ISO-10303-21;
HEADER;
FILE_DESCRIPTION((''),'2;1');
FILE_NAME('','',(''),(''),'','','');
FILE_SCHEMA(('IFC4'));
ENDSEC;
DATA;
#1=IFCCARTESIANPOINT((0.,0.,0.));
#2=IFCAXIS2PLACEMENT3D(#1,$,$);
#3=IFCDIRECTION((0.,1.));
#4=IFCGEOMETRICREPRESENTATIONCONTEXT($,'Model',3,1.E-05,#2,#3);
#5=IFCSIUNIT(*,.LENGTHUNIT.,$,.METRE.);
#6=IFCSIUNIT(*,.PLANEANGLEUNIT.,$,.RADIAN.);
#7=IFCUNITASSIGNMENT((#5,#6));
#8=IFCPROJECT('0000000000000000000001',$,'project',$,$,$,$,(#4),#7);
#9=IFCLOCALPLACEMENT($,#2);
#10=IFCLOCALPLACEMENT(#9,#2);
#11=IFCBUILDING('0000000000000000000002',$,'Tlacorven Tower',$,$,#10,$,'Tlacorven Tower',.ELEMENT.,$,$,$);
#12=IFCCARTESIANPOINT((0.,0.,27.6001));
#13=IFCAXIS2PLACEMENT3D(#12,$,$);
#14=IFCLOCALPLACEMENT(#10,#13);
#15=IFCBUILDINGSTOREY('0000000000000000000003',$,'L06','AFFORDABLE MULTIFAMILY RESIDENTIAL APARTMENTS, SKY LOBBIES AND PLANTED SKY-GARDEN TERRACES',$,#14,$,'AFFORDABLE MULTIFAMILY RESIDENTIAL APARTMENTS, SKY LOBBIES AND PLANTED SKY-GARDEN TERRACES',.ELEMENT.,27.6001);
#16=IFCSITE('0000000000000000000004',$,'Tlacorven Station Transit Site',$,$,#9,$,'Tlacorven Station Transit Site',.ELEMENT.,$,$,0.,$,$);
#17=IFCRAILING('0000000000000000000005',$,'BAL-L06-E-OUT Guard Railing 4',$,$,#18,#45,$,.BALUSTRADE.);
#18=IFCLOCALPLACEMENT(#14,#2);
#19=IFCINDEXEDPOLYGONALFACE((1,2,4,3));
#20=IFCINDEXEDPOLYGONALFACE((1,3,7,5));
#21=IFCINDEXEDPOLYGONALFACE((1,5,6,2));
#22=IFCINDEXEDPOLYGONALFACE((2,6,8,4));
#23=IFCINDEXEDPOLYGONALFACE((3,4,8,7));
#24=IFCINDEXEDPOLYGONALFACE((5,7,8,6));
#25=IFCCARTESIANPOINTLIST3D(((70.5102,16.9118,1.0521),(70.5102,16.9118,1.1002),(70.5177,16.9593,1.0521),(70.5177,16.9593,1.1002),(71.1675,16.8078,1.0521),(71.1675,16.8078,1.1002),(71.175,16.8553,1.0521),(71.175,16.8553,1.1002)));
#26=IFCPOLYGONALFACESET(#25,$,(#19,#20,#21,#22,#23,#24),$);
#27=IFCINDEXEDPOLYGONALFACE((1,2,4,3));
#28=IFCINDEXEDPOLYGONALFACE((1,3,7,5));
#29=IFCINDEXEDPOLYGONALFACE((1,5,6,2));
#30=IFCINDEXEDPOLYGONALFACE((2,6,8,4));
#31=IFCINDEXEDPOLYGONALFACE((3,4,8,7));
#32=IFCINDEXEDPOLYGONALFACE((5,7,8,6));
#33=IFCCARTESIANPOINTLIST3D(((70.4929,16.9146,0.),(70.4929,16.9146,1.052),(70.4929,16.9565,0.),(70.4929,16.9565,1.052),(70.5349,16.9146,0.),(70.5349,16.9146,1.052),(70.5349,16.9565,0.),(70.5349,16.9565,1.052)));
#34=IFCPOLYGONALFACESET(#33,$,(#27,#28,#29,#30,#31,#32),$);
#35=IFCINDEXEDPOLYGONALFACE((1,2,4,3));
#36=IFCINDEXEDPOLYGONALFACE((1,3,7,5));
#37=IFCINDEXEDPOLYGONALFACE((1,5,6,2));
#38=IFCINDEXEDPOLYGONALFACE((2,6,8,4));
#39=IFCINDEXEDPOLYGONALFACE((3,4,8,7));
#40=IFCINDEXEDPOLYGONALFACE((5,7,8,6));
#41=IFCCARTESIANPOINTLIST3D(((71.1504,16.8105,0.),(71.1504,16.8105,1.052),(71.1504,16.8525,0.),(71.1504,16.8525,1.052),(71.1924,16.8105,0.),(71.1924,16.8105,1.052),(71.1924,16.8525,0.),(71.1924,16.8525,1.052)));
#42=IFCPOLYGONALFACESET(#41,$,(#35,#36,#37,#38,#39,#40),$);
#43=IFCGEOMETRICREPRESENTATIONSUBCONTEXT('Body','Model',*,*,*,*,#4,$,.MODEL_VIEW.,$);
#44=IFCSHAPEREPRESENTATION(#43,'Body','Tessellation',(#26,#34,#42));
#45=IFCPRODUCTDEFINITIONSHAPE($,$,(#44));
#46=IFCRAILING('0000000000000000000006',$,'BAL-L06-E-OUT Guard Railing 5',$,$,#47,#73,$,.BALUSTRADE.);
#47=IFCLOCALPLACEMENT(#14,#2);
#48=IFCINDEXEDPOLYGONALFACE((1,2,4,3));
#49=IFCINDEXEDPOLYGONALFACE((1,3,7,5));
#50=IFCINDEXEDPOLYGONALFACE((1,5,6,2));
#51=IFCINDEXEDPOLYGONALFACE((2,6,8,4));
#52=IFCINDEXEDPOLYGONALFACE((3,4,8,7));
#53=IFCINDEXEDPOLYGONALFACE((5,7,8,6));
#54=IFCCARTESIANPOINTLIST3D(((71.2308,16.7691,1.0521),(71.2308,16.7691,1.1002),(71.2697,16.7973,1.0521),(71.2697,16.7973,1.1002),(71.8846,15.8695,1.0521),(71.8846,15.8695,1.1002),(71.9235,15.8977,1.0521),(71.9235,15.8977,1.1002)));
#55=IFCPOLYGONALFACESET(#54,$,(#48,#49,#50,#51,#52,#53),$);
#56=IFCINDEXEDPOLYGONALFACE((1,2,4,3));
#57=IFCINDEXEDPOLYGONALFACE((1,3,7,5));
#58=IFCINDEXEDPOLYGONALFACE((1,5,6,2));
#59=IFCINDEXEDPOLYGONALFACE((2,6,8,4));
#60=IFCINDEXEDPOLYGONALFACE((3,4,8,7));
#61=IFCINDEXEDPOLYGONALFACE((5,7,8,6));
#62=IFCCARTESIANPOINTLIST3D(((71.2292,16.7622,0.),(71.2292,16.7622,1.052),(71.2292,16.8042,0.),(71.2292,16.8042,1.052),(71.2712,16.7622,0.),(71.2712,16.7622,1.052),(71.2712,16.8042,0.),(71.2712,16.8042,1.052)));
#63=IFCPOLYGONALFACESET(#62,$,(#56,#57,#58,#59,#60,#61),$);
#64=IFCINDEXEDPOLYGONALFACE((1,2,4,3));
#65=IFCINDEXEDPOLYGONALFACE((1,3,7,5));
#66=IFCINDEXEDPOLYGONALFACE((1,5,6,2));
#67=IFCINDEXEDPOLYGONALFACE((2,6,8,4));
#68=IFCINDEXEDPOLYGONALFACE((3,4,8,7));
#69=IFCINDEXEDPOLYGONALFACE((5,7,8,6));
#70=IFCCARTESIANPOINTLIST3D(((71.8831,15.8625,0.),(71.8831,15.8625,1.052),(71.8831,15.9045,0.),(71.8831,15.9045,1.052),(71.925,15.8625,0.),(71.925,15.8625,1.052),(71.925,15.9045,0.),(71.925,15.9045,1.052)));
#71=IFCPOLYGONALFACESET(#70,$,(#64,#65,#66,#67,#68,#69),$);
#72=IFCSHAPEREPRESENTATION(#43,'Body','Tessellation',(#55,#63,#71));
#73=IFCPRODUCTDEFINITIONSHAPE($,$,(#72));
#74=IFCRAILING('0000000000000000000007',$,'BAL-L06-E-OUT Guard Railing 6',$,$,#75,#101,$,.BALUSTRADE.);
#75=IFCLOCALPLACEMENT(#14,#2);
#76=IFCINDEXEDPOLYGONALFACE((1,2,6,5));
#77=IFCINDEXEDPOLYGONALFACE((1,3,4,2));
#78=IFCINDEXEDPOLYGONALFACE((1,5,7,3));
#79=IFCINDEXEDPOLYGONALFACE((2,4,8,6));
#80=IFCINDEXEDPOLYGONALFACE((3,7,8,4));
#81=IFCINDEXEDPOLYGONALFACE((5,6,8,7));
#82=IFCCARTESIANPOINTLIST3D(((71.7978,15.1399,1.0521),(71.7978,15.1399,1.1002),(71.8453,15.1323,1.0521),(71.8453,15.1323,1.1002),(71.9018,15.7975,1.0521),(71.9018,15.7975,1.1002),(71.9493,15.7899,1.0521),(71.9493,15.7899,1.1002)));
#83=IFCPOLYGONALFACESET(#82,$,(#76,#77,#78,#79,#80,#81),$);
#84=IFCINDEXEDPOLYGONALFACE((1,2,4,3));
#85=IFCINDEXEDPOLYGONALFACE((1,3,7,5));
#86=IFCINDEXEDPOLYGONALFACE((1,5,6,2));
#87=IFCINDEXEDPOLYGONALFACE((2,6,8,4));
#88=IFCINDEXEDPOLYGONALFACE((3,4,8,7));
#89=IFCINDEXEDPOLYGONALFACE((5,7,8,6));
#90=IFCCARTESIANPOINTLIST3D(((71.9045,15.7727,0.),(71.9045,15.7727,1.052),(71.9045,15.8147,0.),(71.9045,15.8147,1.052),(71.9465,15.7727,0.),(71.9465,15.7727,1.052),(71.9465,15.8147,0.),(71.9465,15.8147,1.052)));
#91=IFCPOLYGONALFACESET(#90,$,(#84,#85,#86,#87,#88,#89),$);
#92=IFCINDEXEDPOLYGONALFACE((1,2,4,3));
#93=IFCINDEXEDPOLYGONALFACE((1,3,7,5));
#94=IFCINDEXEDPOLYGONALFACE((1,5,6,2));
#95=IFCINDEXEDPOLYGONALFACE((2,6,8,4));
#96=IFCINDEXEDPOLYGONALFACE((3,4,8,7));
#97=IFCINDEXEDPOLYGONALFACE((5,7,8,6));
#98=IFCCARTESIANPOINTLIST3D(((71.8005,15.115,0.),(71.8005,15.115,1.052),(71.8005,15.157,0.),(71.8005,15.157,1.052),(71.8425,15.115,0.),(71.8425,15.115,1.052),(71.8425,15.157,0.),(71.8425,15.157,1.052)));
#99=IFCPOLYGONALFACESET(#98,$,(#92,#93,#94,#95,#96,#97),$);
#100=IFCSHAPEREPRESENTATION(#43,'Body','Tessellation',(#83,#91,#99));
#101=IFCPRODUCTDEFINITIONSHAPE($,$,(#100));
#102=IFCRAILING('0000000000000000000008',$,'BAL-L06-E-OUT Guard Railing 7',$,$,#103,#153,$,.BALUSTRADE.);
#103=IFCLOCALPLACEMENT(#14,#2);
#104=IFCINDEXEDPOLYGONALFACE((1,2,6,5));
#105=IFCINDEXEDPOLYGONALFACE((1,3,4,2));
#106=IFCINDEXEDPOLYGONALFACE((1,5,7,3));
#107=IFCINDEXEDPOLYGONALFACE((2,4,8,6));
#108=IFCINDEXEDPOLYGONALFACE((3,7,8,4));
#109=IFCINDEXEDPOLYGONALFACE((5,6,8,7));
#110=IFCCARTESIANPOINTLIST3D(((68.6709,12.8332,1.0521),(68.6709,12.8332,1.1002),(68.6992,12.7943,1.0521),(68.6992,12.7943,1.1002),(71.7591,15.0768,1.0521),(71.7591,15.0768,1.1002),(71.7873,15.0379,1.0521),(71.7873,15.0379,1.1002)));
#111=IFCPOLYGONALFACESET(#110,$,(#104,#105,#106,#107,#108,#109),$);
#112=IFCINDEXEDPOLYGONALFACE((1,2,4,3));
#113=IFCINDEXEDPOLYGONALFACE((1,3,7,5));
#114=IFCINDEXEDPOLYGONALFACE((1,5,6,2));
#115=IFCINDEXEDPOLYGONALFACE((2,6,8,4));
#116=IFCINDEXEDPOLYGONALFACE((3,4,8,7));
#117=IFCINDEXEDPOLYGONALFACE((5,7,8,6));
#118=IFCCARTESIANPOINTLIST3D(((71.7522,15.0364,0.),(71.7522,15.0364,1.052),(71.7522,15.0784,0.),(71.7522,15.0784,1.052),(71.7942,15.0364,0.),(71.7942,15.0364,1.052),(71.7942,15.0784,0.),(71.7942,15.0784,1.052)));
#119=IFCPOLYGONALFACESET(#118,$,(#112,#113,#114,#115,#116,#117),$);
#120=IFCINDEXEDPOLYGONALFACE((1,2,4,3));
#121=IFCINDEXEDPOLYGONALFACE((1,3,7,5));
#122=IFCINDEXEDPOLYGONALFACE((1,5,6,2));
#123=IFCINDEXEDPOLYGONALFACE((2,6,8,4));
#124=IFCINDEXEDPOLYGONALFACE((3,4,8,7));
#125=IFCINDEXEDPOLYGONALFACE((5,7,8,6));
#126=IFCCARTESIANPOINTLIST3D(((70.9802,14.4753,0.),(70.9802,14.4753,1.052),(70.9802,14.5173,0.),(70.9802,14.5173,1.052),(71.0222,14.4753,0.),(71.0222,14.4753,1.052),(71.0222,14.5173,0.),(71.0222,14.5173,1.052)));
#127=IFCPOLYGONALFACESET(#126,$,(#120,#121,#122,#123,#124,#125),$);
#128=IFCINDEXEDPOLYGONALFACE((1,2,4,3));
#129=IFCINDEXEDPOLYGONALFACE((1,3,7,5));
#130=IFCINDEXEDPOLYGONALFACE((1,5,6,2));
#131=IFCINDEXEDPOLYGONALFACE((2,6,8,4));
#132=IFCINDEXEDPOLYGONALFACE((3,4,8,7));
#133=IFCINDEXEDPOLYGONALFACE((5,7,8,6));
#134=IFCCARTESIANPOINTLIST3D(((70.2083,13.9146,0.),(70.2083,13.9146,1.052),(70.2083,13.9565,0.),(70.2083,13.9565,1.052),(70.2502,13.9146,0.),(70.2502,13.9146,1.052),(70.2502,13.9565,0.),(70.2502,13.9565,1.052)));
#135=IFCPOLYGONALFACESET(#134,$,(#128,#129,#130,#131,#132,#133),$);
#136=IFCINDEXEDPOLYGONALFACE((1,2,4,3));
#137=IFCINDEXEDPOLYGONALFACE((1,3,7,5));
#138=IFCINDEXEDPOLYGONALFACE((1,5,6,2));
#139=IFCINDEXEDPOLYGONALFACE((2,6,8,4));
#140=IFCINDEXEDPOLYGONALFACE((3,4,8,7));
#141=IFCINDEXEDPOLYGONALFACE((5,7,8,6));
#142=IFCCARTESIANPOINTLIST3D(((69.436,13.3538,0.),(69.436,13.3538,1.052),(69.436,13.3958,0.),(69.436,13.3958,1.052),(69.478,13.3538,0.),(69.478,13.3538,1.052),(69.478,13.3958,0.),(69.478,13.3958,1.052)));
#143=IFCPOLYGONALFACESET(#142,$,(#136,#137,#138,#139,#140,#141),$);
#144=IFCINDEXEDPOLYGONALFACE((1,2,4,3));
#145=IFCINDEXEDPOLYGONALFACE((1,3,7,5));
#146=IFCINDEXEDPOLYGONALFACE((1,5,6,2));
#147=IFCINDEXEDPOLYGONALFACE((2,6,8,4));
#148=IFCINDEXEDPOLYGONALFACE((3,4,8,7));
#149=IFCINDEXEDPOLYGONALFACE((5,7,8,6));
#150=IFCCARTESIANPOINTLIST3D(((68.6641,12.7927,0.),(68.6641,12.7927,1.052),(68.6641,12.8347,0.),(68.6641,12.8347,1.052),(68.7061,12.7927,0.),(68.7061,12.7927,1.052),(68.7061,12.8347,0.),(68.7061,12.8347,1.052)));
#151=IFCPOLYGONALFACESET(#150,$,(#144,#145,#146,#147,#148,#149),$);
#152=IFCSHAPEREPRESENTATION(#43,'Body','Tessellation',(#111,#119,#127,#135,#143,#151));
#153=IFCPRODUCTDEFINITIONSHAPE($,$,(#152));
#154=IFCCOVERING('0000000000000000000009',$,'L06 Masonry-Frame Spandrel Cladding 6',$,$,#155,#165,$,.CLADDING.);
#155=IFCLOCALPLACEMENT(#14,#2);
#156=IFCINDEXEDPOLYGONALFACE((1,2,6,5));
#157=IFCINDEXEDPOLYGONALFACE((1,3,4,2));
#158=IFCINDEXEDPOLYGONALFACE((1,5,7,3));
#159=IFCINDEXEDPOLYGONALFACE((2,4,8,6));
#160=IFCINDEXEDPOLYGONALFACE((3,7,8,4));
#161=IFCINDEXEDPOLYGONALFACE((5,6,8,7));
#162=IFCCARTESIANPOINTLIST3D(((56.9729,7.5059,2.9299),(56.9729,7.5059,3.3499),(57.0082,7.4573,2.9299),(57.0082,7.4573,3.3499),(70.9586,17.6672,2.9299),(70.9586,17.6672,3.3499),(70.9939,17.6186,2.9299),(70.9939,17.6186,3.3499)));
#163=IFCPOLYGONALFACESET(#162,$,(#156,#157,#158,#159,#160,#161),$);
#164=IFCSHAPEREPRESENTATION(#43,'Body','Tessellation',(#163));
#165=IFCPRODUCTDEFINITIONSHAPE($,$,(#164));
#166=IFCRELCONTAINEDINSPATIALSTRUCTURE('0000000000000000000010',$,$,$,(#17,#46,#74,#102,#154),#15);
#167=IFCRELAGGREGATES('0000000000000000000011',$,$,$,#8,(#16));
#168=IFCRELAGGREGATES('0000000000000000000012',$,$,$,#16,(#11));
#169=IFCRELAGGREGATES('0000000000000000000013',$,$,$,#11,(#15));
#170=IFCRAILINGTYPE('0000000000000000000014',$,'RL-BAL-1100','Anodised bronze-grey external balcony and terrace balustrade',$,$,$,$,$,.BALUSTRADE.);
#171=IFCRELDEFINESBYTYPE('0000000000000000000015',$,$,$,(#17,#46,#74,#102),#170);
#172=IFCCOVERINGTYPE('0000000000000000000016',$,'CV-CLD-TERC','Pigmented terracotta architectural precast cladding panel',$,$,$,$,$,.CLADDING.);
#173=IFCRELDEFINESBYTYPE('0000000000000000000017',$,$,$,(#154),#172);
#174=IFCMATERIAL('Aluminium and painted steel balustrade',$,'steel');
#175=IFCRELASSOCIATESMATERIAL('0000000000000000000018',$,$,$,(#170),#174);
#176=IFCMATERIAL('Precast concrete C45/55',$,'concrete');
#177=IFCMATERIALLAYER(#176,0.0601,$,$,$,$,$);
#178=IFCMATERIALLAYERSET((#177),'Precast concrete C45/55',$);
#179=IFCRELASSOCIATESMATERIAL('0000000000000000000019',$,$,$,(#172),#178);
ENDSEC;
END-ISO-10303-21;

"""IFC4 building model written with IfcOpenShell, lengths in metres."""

from ifc_helpers import new_model, si_unit, direction, frame, origin, origin_2d, place, context, subcontext, project, spatial, rectangle, extrude, source, transform, mapped, material, layer, layer_set, type_object, element, save


model = new_model("IFC4")

# Units and contexts
model_context = context("Model", 3, precision=1e-05, world=origin(), true_north=direction((0.0, 1.0)))
body_context = subcontext(model_context, "Body", "Model", "MODEL_VIEW")
ifc_project = project(units=[si_unit("LENGTHUNIT", "METRE"), si_unit("PLANEANGLEUNIT", "RADIAN")], contexts=[model_context])

# Site, building, storey
site_placement = place(None, origin())
site = spatial("IfcSite", under=ifc_project, at=site_placement, Name="Tlacorven Station Transit Site", LongName="Tlacorven Station Transit Site", CompositionType="ELEMENT", RefElevation=0.0)
building_placement = place(site_placement, origin())
building = spatial("IfcBuilding", under=site, at=building_placement, Name="Tlacorven Tower", LongName="Tlacorven Tower", CompositionType="ELEMENT")
storey_placement = place(building_placement, frame((0.0, 0.0, 27.6001)))
storey = spatial("IfcBuildingStorey", under=building, at=storey_placement, Name="L06", Description="AFFORDABLE MULTIFAMILY RESIDENTIAL APARTMENTS, SKY LOBBIES AND PLANTED SKY-GARDEN TERRACES", LongName="AFFORDABLE MULTIFAMILY RESIDENTIAL APARTMENTS, SKY LOBBIES AND PLANTED SKY-GARDEN TERRACES", CompositionType="ELEMENT", Elevation=27.6001)

# Shared definitions
ifc_material_1 = material(Name="Precast concrete C45/55", Category="concrete")

# Railings
ifc_material_2 = material(Name="Aluminium and painted steel balustrade", Category="steel")
railing_type = type_object("IfcRailingType", Name="RL-BAL-1100", Description="Anodised bronze-grey external balcony and terrace balustrade", PredefinedType="BALUSTRADE", material=ifc_material_2)
shared_shape_1 = source(origin(), body_context, "Body", "SweptSolid", [
    extrude(rectangle(XDim=0.0481, YDim=0.0481, at=origin_2d()), frame((0.0, 0.0, 1.0762), z_axis=(0.987718, -0.156245, 0.0), x_axis=(0.156245, 0.987718, 0.0)), (0.0, 0.0, 1.0), 0.6655),
    extrude(rectangle(XDim=0.042, YDim=0.042, at=origin_2d()), origin(), (0.0, 0.0, 1.0), 1.052),
    extrude(rectangle(XDim=0.042, YDim=0.042, at=origin_2d()), frame((0.6575, -0.104, 0.0)), (0.0, 0.0, 1.0), 1.052),
])
railing_1_placement = place(storey_placement, frame((70.5139, 16.9355, 0.0)))
element("IfcRailing", 1, at=railing_1_placement, inside=storey, type_object=railing_type, Name="BAL-L06-E-OUT Guard Railing 4", PredefinedType="BALUSTRADE", context=body_context, shape_type="MappedRepresentation", body=[
    mapped(shared_shape_1, transform((0.0, 0.0, 0.0), scale=1.0)),
])
shared_shape_2 = source(origin(), body_context, "Body", "SweptSolid", [
    extrude(rectangle(XDim=0.0481, YDim=0.0481, at=origin_2d()), frame((0.0, 0.0, 1.0762), z_axis=(0.587884, -0.808945, 0.0), x_axis=(0.808945, 0.587884, 0.0)), (0.0, 0.0, 1.0), 1.1121),
    extrude(rectangle(XDim=0.042, YDim=0.042, at=origin_2d()), origin(), (0.0, 0.0, 1.0), 1.052),
    extrude(rectangle(XDim=0.042, YDim=0.042, at=origin_2d()), frame((0.6538, -0.8997, 0.0)), (0.0, 0.0, 1.0), 1.052),
])
railing_2_placement = place(storey_placement, frame((71.2502, 16.7832, 0.0)))
element("IfcRailing", 2, at=railing_2_placement, inside=storey, type_object=railing_type, Name="BAL-L06-E-OUT Guard Railing 5", PredefinedType="BALUSTRADE", context=body_context, shape_type="MappedRepresentation", body=[
    mapped(shared_shape_2, transform((0.0, 0.0, 0.0), scale=1.0)),
])
shared_shape_3 = source(origin(), body_context, "Body", "SweptSolid", [
    extrude(rectangle(XDim=0.0481, YDim=0.0481, at=origin_2d()), frame((0.0, 0.0, 1.0762), z_axis=(-0.156188, -0.987727, 0.0), x_axis=(0.987727, -0.156188, 0.0)), (0.0, 0.0, 1.0), 0.6658),
    extrude(rectangle(XDim=0.042, YDim=0.042, at=origin_2d()), origin(), (0.0, 0.0, 1.0), 1.052),
    extrude(rectangle(XDim=0.042, YDim=0.042, at=origin_2d()), frame((-0.104, -0.6577, 0.0)), (0.0, 0.0, 1.0), 1.052),
])
railing_3_placement = place(storey_placement, frame((71.9255, 15.7937, 0.0)))
element("IfcRailing", 3, at=railing_3_placement, inside=storey, type_object=railing_type, Name="BAL-L06-E-OUT Guard Railing 6", PredefinedType="BALUSTRADE", context=body_context, shape_type="MappedRepresentation", body=[
    mapped(shared_shape_3, transform((0.0, 0.0, 0.0), scale=1.0)),
])
shared_shape_4 = source(origin(), body_context, "Body", "SweptSolid", [
    extrude(rectangle(XDim=0.0481, YDim=0.0481, at=origin_2d()), frame((0.0, 0.0, 1.0762), z_axis=(-0.809018, -0.587784, 0.0), x_axis=(0.587784, -0.809018, 0.0)), (0.0, 0.0, 1.0), 3.8171),
    extrude(rectangle(XDim=0.042, YDim=0.042, at=origin_2d()), origin(), (0.0, 0.0, 1.0), 1.052),
    extrude(rectangle(XDim=0.042, YDim=0.042, at=origin_2d()), frame((-0.772, -0.561, 0.0)), (0.0, 0.0, 1.0), 1.052),
    extrude(rectangle(XDim=0.042, YDim=0.042, at=origin_2d()), frame((-1.5439, -1.1218, 0.0)), (0.0, 0.0, 1.0), 1.052),
    extrude(rectangle(XDim=0.042, YDim=0.042, at=origin_2d()), frame((-2.3162, -1.6826, 0.0)), (0.0, 0.0, 1.0), 1.052),
    extrude(rectangle(XDim=0.042, YDim=0.042, at=origin_2d()), frame((-3.0881, -2.2437, 0.0)), (0.0, 0.0, 1.0), 1.052),
])
railing_4_placement = place(storey_placement, frame((71.7732, 15.0574, 0.0)))
element("IfcRailing", 4, at=railing_4_placement, inside=storey, type_object=railing_type, Name="BAL-L06-E-OUT Guard Railing 7", PredefinedType="BALUSTRADE", context=body_context, shape_type="MappedRepresentation", body=[
    mapped(shared_shape_4, transform((0.0, 0.0, 0.0), scale=1.0)),
])

# Covering
ifc_layer_1 = layer(ifc_material_1, 0.0601)
ifc_layer_set_1 = layer_set([ifc_layer_1], Name="Precast concrete C45/55")
covering_type = type_object("IfcCoveringType", Name="CV-CLD-TERC", Description="Pigmented terracotta architectural precast cladding panel", PredefinedType="CLADDING", material=ifc_layer_set_1)
shared_shape_5 = source(origin(), body_context, "Body", "SweptSolid", [
    extrude(rectangle(XDim=17.2874, YDim=0.0601, at=origin_2d()), origin(), (0.0, 0.0, 1.0), 0.4199),
])
covering_placement = place(storey_placement, frame((63.9834, 12.5623, 2.9299), z_axis=(0.0, 0.0, 1.0), x_axis=(-0.809017, -0.587785, 0.0)))
element("IfcCovering", 5, at=covering_placement, inside=storey, type_object=covering_type, Name="L06 Masonry-Frame Spandrel Cladding 6", PredefinedType="CLADDING", context=body_context, shape_type="MappedRepresentation", body=[
    mapped(shared_shape_5, transform((0.0, 0.0, 0.0), scale=1.0)),
])

save(model, "model.ifc")
